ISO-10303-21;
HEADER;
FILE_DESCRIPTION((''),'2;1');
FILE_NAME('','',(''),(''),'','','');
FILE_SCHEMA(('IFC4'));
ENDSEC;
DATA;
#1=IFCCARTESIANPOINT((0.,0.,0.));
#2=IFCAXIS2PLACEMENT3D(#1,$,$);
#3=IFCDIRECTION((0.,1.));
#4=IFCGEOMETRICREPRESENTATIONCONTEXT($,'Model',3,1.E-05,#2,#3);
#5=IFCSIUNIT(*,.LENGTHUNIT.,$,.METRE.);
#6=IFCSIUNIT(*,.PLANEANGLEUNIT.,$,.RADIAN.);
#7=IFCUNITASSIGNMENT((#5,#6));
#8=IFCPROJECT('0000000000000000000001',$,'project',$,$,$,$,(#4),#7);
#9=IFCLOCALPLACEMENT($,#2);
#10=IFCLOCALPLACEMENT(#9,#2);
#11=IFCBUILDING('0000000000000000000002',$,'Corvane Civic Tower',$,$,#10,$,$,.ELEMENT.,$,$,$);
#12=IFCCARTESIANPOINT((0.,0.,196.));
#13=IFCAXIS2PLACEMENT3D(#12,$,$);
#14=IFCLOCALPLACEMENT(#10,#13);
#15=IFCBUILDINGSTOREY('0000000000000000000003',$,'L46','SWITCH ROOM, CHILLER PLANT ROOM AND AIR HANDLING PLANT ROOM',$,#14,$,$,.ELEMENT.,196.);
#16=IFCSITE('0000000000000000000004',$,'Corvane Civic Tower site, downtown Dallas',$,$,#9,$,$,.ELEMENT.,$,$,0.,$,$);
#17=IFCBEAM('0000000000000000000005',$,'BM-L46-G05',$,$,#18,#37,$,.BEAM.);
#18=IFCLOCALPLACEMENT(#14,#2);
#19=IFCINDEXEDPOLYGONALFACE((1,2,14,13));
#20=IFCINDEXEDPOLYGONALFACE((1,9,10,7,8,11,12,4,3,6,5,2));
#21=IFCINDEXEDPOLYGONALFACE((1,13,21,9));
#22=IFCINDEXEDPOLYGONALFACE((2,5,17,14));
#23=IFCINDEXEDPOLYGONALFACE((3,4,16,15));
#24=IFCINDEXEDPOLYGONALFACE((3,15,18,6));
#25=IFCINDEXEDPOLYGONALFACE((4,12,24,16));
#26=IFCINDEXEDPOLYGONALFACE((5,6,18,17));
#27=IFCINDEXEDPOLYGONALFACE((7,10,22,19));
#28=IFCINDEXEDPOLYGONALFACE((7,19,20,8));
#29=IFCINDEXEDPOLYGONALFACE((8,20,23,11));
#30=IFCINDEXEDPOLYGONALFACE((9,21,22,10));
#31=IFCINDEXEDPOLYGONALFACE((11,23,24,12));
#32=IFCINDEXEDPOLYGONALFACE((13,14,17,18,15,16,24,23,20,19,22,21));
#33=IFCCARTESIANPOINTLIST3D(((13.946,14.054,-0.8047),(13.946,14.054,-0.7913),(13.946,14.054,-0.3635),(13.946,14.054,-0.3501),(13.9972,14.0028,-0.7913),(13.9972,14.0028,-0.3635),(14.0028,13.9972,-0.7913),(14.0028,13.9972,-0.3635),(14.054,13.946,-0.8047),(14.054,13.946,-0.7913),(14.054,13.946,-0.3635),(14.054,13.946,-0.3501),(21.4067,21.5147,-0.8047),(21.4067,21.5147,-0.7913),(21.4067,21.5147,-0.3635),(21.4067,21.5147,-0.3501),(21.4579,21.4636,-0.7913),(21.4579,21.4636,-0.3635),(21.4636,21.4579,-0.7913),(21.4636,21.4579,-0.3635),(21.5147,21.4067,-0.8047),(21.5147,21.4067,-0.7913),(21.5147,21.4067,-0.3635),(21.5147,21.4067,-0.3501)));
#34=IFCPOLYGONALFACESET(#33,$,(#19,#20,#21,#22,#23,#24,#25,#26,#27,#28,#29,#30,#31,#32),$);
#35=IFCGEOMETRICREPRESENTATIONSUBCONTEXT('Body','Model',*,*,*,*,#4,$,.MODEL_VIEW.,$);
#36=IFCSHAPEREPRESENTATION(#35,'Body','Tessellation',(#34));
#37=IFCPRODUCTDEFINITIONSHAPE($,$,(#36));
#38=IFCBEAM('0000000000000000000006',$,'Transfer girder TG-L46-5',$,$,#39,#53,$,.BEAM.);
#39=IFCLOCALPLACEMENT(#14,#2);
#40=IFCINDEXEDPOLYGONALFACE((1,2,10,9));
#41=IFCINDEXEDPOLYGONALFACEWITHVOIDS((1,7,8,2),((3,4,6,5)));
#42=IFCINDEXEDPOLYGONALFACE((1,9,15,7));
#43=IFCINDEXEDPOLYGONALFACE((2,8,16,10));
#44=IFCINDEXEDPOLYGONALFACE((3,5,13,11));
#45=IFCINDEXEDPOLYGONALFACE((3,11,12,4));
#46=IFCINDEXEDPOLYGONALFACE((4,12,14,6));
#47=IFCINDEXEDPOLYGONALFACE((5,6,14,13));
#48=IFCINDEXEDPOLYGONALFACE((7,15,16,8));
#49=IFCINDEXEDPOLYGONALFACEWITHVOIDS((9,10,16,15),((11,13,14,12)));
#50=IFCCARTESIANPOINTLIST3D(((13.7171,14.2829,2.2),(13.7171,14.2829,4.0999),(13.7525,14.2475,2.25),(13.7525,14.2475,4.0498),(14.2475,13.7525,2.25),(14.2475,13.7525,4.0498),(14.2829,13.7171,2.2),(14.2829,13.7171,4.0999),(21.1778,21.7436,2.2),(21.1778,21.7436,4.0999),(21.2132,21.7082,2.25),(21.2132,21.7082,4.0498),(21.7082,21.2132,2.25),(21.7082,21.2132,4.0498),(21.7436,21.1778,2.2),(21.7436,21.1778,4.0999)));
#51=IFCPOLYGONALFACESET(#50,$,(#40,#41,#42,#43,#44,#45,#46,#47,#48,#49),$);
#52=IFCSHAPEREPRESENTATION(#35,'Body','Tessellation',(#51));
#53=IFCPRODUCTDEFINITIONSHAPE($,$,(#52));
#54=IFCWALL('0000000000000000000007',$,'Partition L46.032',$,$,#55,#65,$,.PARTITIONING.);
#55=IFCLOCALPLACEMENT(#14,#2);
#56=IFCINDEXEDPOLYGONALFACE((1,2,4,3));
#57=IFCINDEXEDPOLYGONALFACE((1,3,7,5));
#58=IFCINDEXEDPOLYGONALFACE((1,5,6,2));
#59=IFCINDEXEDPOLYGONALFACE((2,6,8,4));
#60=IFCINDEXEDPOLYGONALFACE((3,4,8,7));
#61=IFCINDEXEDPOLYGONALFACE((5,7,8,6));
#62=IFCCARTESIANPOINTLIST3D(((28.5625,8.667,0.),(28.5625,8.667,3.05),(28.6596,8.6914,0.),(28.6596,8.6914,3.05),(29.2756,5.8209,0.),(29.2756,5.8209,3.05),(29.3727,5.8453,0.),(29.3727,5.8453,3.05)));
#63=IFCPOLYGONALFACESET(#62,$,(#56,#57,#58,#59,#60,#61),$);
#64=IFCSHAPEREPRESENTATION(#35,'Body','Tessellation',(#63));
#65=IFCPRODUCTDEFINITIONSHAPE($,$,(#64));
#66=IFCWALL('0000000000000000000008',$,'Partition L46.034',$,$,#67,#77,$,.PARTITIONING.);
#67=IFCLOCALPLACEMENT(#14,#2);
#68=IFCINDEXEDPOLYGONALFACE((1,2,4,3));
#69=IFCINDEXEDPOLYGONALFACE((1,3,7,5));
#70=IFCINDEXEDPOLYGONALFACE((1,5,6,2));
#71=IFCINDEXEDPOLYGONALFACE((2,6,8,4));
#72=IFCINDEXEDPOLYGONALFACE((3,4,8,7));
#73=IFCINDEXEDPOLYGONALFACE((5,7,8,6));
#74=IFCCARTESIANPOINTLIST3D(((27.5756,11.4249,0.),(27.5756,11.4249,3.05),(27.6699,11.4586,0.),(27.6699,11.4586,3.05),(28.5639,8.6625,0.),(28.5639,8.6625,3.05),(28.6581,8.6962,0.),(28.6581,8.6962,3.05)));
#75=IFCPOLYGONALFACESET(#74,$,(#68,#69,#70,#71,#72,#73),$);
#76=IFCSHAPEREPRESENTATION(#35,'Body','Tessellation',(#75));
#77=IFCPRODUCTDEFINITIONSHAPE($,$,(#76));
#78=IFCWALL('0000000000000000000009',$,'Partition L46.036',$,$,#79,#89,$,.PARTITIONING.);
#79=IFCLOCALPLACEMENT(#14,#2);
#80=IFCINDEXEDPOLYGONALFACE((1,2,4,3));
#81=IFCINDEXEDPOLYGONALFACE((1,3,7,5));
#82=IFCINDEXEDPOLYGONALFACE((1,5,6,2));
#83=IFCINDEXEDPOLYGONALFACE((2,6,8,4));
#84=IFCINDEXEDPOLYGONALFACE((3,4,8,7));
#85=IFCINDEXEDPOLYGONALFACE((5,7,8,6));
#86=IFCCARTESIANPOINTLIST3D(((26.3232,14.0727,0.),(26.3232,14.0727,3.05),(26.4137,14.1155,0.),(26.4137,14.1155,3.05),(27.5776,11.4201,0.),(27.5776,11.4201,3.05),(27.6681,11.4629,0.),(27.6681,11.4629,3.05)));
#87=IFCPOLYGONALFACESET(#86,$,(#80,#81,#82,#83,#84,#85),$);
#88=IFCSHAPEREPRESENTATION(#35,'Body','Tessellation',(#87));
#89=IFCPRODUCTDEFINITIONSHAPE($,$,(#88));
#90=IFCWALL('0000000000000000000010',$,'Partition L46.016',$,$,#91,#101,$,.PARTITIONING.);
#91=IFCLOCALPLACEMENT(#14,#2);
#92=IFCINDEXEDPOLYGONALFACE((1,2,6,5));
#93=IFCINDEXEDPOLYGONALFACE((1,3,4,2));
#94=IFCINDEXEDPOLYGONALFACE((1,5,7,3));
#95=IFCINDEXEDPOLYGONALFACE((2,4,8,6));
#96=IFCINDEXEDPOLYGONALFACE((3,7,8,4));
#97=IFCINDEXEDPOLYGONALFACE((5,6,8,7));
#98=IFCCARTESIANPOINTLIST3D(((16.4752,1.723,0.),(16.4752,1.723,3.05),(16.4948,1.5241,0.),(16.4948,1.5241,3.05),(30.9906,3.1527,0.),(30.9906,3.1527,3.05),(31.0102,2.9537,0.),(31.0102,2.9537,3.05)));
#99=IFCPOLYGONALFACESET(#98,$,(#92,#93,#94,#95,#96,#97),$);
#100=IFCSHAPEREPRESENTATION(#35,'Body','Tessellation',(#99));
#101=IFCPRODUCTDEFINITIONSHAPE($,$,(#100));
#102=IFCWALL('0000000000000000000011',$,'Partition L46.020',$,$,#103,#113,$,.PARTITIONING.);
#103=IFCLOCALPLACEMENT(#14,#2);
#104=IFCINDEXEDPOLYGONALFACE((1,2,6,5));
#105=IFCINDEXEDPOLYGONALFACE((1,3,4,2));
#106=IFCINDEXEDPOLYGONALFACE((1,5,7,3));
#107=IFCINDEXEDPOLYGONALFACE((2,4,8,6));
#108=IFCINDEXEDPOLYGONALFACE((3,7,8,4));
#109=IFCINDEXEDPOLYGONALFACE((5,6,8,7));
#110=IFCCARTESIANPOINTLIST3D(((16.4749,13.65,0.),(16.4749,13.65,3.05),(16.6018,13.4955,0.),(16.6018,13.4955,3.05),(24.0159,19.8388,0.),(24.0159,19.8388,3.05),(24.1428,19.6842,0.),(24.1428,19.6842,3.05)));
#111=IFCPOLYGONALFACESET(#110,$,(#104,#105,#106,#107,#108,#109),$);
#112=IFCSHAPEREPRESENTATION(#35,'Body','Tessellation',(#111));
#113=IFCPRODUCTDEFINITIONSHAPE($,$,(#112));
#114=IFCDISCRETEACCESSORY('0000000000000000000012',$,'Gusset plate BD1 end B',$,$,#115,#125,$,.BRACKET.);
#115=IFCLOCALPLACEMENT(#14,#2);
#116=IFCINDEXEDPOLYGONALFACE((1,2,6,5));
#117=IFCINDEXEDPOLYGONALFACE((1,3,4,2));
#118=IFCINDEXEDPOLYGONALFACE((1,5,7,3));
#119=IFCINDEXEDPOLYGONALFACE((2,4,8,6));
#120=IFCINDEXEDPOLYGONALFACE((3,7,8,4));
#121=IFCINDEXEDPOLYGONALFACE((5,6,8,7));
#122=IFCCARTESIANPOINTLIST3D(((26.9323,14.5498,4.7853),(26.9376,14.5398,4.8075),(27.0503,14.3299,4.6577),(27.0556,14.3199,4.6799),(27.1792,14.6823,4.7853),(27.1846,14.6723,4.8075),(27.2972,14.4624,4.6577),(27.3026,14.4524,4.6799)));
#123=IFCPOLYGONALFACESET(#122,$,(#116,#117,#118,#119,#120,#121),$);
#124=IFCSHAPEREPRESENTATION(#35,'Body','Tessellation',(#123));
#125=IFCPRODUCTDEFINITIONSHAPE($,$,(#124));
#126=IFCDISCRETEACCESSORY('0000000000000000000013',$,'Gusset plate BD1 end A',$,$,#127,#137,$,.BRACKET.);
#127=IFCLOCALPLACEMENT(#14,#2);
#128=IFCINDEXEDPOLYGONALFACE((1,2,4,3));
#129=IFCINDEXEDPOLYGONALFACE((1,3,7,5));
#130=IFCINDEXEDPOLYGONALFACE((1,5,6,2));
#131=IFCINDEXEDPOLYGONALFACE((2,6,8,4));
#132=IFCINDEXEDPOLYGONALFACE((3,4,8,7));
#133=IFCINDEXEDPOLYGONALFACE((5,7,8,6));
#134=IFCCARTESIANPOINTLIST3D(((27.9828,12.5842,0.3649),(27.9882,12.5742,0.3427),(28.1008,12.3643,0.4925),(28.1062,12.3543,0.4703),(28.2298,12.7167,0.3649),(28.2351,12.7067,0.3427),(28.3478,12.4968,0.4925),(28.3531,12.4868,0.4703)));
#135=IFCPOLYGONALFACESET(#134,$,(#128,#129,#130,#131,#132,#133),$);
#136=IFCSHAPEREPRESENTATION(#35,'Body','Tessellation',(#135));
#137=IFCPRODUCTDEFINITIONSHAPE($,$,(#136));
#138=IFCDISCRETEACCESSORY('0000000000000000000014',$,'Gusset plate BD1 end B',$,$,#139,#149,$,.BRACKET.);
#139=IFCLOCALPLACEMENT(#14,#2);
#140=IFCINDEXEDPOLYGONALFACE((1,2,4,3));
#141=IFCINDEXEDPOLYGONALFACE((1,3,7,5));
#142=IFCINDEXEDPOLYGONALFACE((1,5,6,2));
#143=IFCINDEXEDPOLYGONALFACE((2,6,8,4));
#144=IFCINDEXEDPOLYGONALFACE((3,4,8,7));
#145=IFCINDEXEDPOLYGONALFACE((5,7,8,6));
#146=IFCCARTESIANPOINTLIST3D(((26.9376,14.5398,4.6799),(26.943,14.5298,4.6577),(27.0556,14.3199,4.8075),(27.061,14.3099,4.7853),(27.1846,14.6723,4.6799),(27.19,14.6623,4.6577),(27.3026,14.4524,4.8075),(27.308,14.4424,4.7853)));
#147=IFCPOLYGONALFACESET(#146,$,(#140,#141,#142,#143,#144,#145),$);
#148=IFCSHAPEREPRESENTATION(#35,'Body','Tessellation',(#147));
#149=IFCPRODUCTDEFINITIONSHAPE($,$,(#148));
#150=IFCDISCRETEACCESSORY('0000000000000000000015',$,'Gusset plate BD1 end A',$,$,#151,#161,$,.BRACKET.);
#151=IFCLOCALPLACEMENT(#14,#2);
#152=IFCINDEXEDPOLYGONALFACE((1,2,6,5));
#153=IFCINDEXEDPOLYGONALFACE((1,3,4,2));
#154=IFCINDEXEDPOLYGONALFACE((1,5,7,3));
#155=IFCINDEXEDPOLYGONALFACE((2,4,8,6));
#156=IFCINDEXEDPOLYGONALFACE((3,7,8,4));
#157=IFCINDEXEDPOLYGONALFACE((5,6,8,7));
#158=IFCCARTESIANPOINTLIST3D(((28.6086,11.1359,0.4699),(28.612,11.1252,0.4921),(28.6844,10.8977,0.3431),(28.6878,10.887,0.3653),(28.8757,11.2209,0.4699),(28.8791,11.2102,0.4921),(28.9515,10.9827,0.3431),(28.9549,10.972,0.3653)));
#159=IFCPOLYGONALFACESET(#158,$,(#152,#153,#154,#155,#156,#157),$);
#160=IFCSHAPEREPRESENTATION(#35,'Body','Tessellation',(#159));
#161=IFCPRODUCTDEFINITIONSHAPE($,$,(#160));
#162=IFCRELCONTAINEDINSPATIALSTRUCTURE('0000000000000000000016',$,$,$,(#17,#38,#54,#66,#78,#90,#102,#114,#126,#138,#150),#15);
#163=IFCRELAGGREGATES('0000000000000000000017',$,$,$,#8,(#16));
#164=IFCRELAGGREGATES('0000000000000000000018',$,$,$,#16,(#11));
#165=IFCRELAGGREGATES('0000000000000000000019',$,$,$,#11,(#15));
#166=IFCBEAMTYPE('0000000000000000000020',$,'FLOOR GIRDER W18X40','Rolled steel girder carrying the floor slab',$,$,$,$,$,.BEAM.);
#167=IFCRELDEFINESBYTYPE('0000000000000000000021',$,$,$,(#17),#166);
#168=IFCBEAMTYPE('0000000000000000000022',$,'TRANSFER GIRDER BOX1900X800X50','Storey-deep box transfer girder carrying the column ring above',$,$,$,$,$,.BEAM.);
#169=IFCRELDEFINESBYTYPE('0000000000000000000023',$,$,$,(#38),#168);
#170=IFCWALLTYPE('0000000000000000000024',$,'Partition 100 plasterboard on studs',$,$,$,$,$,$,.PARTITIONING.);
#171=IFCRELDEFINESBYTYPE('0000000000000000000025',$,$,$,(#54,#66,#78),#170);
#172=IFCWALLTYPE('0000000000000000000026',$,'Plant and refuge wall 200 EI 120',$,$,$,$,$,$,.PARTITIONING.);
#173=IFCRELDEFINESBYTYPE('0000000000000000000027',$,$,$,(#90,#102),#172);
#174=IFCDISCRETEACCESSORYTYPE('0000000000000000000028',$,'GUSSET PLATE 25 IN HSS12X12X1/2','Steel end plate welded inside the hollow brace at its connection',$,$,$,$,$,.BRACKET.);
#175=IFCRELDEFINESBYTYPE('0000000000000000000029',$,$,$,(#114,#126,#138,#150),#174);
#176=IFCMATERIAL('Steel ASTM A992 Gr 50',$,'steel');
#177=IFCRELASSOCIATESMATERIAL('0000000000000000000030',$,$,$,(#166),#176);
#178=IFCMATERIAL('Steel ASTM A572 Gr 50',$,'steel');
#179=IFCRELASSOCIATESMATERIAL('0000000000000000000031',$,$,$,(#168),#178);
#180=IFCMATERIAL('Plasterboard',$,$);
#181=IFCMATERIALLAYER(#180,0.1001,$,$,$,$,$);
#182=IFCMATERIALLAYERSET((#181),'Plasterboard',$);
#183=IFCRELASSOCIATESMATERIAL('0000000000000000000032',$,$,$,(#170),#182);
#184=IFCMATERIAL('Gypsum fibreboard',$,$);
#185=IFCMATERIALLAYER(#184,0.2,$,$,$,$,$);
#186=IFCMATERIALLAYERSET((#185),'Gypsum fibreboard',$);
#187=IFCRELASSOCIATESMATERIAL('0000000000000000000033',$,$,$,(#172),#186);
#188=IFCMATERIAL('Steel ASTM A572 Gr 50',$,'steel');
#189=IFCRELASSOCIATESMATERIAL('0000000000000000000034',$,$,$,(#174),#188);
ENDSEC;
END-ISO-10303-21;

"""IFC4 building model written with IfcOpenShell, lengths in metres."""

from ifc_helpers import new_model, si_unit, direction, frame, frame_2d, origin, origin_2d, place, context, subcontext, project, spatial, rectangle, hollow_rectangle, i_section, extrude, material, layer, layer_set, material_profile, profile_set, type_object, element, save


model = new_model("IFC4")

# Units and contexts
model_context = context("Model", 3, precision=1e-05, world=origin(), true_north=direction((0.0, 1.0)))
body_context = subcontext(model_context, "Body", "Model", "MODEL_VIEW")
ifc_project = project(units=[si_unit("LENGTHUNIT", "METRE"), si_unit("PLANEANGLEUNIT", "RADIAN")], contexts=[model_context])

# Site, building, storey
site_placement = place(None, origin())
site = spatial("IfcSite", under=ifc_project, at=site_placement, Name="Corvane Civic Tower site, downtown Dallas", CompositionType="ELEMENT", RefElevation=0.0)
building_placement = place(site_placement, origin())
building = spatial("IfcBuilding", under=site, at=building_placement, Name="Corvane Civic Tower", CompositionType="ELEMENT")
storey_placement = place(building_placement, frame((0.0, 0.0, 196.0)))
storey = spatial("IfcBuildingStorey", under=building, at=storey_placement, Name="L46", Description="SWITCH ROOM, CHILLER PLANT ROOM AND AIR HANDLING PLANT ROOM", CompositionType="ELEMENT", Elevation=196.0)

# Beams
ifc_material_1 = material(Name="Steel ASTM A992 Gr 50", Category="steel")
ifc_material_profile_1 = material_profile(ifc_material_1, i_section(OverallWidth=0.1528, OverallDepth=0.4546, WebThickness=0.0081, FlangeThickness=0.0134, at=origin_2d()), Name="W18X40")
ifc_profile_set_1 = profile_set([ifc_material_profile_1], Name="Steel ASTM A992 Gr 50")
beam_type_1 = type_object("IfcBeamType", Name="FLOOR GIRDER W18X40", Description="Rolled steel girder carrying the floor slab", PredefinedType="BEAM", material=ifc_profile_set_1)
beam_1_placement = place(storey_placement, frame((14.0, 14.0, -0.5774), z_axis=(0.707107, 0.707107, 0.0), x_axis=(-0.707107, 0.707107, 0.0)))
element("IfcBeam", 1, at=beam_1_placement, inside=storey, type_object=beam_type_1, Name="BM-L46-G05", PredefinedType="BEAM", context=body_context, shape_type="SweptSolid", body=[
    extrude(i_section(OverallWidth=0.1528, OverallDepth=0.4546, WebThickness=0.0081, FlangeThickness=0.0134, at=origin_2d()), origin(), (0.0, 0.0, 1.0), 10.551),
])
ifc_material_2 = material(Name="Steel ASTM A572 Gr 50", Category="steel")
ifc_material_profile_2 = material_profile(ifc_material_2, hollow_rectangle(XDim=0.8, YDim=1.8999, WallThickness=0.05, at=origin_2d()), Name="BOX1900X800X50")
ifc_profile_set_2 = profile_set([ifc_material_profile_2], Name="Steel ASTM A572 Gr 50")
beam_type_2 = type_object("IfcBeamType", Name="TRANSFER GIRDER BOX1900X800X50", Description="Storey-deep box transfer girder carrying the column ring above", PredefinedType="BEAM", material=ifc_profile_set_2)
beam_2_placement = place(storey_placement, frame((14.0, 14.0, 3.1499), z_axis=(0.707107, 0.707107, 0.0), x_axis=(-0.707107, 0.707107, 0.0)))
element("IfcBeam", 2, at=beam_2_placement, inside=storey, type_object=beam_type_2, Name="Transfer girder TG-L46-5", PredefinedType="BEAM", context=body_context, shape_type="SweptSolid", body=[
    extrude(hollow_rectangle(XDim=0.8, YDim=1.8999, WallThickness=0.05, at=origin_2d()), origin(), (0.0, 0.0, 1.0), 10.551),
])

# Walls
ifc_material_3 = material(Name="Plasterboard")
ifc_layer_1 = layer(ifc_material_3, 0.1001)
ifc_layer_set_1 = layer_set([ifc_layer_1], Name="Plasterboard")
wall_type_1 = type_object("IfcWallType", Name="Partition 100 plasterboard on studs", PredefinedType="PARTITIONING", material=ifc_layer_set_1)
wall_1_placement = place(storey_placement, frame((28.6111, 8.6792, 0.0), z_axis=(0.0, 0.0, 1.0), x_axis=(0.243045, -0.970015, 0.0)))
element("IfcWall", 3, at=wall_1_placement, inside=storey, type_object=wall_type_1, Name="Partition L46.032", PredefinedType="PARTITIONING", context=body_context, shape_type="SweptSolid", body=[
    extrude(rectangle(XDim=2.9341, YDim=0.1001, at=frame_2d((1.467, 0.0))), origin(), (0.0, 0.0, 1.0), 3.05),
])
wall_2_placement = place(storey_placement, frame((27.6228, 11.4417, 0.0), z_axis=(0.0, 0.0, 1.0), x_axis=(0.336848, -0.941559, 0.0)))
element("IfcWall", 4, at=wall_2_placement, inside=storey, type_object=wall_type_1, Name="Partition L46.034", PredefinedType="PARTITIONING", context=body_context, shape_type="SweptSolid", body=[
    extrude(rectangle(XDim=2.9338, YDim=0.1001, at=frame_2d((1.4668, 0.0))), origin(), (0.0, 0.0, 1.0), 3.05),
])
wall_3_placement = place(storey_placement, frame((26.3684, 14.0942, 0.0), z_axis=(0.0, 0.0, 1.0), x_axis=(0.427503, -0.904014, 0.0)))
element("IfcWall", 5, at=wall_3_placement, inside=storey, type_object=wall_type_1, Name="Partition L46.036", PredefinedType="PARTITIONING", context=body_context, shape_type="SweptSolid", body=[
    extrude(rectangle(XDim=2.9343, YDim=0.1001, at=frame_2d((1.4673, 0.0))), origin(), (0.0, 0.0, 1.0), 3.05),
])
ifc_material_4 = material(Name="Gypsum fibreboard")
ifc_layer_2 = layer(ifc_material_4, 0.2)
ifc_layer_set_2 = layer_set([ifc_layer_2], Name="Gypsum fibreboard")
wall_type_2 = type_object("IfcWallType", Name="Plant and refuge wall 200 EI 120", PredefinedType="PARTITIONING", material=ifc_layer_set_2)
wall_4_placement = place(storey_placement, frame((16.4849, 1.6235, 0.0), z_axis=(0.0, 0.0, 1.0), x_axis=(0.995184, 0.09802, 0.0)))
element("IfcWall", 6, at=wall_4_placement, inside=storey, type_object=wall_type_2, Name="Partition L46.016", PredefinedType="PARTITIONING", context=body_context, shape_type="SweptSolid", body=[
    extrude(rectangle(XDim=14.5857, YDim=0.2, at=frame_2d((7.293, 0.0))), origin(), (0.0, 0.0, 1.0), 3.05),
])
wall_5_placement = place(storey_placement, frame((16.5383, 13.5728, 0.0), z_axis=(0.0, 0.0, 1.0), x_axis=(0.773012, 0.634391, 0.0)))
element("IfcWall", 7, at=wall_5_placement, inside=storey, type_object=wall_type_2, Name="Partition L46.020", PredefinedType="PARTITIONING", context=body_context, shape_type="SweptSolid", body=[
    extrude(rectangle(XDim=9.7554, YDim=0.2, at=frame_2d((4.8777, 0.0))), origin(), (0.0, 0.0, 1.0), 3.05),
])

# Discrete accessories
ifc_material_5 = material(Name="Steel ASTM A572 Gr 50", Category="steel")
ifc_material_profile_3 = material_profile(ifc_material_5, rectangle(XDim=0.2803, YDim=0.2803, at=origin_2d()), Name="GUSSET PLATE 25 IN HSS12X12X1/2")
ifc_profile_set_3 = profile_set([ifc_material_profile_3], Name="Steel ASTM A572 Gr 50")
discrete_accessory_type = type_object("IfcDiscreteAccessoryType", Name="GUSSET PLATE 25 IN HSS12X12X1/2", Description="Steel end plate welded inside the hollow brace at its connection", PredefinedType="BRACKET", material=ifc_profile_set_3)
for number, where, z_axis, x_axis, name in (
    (8, (27.1201, 14.4961, 4.7437), (-0.215252, 0.401152, -0.890362), (-0.88116, -0.472818, 0.0), "Gusset plate BD1 end B"),
    (9, (28.1707, 12.5305, 0.4065), (-0.215252, 0.401152, 0.890362), (-0.88116, -0.472818, 0.0), "Gusset plate BD1 end A"),
    (10, (27.1201, 14.4961, 4.7437), (0.215252, -0.401152, -0.890362), (0.88116, 0.472818, 0.0), "Gusset plate BD1 end B"),
    (11, (28.78, 11.0593, 0.4065), (0.137196, -0.431186, 0.891771), (0.952926, 0.303204, 0.0), "Gusset plate BD1 end A"),
):
    element("IfcDiscreteAccessory", number, at=place(storey_placement, frame(where, z_axis=z_axis, x_axis=x_axis)), inside=storey, type_object=discrete_accessory_type, Name=name, PredefinedType="BRACKET", context=body_context, shape_type="SweptSolid", body=[
        extrude(rectangle(XDim=0.2803, YDim=0.2803, at=origin_2d()), origin(), (0.0, 0.0, 1.0), 0.0249),
    ])

save(model, "model.ifc")
